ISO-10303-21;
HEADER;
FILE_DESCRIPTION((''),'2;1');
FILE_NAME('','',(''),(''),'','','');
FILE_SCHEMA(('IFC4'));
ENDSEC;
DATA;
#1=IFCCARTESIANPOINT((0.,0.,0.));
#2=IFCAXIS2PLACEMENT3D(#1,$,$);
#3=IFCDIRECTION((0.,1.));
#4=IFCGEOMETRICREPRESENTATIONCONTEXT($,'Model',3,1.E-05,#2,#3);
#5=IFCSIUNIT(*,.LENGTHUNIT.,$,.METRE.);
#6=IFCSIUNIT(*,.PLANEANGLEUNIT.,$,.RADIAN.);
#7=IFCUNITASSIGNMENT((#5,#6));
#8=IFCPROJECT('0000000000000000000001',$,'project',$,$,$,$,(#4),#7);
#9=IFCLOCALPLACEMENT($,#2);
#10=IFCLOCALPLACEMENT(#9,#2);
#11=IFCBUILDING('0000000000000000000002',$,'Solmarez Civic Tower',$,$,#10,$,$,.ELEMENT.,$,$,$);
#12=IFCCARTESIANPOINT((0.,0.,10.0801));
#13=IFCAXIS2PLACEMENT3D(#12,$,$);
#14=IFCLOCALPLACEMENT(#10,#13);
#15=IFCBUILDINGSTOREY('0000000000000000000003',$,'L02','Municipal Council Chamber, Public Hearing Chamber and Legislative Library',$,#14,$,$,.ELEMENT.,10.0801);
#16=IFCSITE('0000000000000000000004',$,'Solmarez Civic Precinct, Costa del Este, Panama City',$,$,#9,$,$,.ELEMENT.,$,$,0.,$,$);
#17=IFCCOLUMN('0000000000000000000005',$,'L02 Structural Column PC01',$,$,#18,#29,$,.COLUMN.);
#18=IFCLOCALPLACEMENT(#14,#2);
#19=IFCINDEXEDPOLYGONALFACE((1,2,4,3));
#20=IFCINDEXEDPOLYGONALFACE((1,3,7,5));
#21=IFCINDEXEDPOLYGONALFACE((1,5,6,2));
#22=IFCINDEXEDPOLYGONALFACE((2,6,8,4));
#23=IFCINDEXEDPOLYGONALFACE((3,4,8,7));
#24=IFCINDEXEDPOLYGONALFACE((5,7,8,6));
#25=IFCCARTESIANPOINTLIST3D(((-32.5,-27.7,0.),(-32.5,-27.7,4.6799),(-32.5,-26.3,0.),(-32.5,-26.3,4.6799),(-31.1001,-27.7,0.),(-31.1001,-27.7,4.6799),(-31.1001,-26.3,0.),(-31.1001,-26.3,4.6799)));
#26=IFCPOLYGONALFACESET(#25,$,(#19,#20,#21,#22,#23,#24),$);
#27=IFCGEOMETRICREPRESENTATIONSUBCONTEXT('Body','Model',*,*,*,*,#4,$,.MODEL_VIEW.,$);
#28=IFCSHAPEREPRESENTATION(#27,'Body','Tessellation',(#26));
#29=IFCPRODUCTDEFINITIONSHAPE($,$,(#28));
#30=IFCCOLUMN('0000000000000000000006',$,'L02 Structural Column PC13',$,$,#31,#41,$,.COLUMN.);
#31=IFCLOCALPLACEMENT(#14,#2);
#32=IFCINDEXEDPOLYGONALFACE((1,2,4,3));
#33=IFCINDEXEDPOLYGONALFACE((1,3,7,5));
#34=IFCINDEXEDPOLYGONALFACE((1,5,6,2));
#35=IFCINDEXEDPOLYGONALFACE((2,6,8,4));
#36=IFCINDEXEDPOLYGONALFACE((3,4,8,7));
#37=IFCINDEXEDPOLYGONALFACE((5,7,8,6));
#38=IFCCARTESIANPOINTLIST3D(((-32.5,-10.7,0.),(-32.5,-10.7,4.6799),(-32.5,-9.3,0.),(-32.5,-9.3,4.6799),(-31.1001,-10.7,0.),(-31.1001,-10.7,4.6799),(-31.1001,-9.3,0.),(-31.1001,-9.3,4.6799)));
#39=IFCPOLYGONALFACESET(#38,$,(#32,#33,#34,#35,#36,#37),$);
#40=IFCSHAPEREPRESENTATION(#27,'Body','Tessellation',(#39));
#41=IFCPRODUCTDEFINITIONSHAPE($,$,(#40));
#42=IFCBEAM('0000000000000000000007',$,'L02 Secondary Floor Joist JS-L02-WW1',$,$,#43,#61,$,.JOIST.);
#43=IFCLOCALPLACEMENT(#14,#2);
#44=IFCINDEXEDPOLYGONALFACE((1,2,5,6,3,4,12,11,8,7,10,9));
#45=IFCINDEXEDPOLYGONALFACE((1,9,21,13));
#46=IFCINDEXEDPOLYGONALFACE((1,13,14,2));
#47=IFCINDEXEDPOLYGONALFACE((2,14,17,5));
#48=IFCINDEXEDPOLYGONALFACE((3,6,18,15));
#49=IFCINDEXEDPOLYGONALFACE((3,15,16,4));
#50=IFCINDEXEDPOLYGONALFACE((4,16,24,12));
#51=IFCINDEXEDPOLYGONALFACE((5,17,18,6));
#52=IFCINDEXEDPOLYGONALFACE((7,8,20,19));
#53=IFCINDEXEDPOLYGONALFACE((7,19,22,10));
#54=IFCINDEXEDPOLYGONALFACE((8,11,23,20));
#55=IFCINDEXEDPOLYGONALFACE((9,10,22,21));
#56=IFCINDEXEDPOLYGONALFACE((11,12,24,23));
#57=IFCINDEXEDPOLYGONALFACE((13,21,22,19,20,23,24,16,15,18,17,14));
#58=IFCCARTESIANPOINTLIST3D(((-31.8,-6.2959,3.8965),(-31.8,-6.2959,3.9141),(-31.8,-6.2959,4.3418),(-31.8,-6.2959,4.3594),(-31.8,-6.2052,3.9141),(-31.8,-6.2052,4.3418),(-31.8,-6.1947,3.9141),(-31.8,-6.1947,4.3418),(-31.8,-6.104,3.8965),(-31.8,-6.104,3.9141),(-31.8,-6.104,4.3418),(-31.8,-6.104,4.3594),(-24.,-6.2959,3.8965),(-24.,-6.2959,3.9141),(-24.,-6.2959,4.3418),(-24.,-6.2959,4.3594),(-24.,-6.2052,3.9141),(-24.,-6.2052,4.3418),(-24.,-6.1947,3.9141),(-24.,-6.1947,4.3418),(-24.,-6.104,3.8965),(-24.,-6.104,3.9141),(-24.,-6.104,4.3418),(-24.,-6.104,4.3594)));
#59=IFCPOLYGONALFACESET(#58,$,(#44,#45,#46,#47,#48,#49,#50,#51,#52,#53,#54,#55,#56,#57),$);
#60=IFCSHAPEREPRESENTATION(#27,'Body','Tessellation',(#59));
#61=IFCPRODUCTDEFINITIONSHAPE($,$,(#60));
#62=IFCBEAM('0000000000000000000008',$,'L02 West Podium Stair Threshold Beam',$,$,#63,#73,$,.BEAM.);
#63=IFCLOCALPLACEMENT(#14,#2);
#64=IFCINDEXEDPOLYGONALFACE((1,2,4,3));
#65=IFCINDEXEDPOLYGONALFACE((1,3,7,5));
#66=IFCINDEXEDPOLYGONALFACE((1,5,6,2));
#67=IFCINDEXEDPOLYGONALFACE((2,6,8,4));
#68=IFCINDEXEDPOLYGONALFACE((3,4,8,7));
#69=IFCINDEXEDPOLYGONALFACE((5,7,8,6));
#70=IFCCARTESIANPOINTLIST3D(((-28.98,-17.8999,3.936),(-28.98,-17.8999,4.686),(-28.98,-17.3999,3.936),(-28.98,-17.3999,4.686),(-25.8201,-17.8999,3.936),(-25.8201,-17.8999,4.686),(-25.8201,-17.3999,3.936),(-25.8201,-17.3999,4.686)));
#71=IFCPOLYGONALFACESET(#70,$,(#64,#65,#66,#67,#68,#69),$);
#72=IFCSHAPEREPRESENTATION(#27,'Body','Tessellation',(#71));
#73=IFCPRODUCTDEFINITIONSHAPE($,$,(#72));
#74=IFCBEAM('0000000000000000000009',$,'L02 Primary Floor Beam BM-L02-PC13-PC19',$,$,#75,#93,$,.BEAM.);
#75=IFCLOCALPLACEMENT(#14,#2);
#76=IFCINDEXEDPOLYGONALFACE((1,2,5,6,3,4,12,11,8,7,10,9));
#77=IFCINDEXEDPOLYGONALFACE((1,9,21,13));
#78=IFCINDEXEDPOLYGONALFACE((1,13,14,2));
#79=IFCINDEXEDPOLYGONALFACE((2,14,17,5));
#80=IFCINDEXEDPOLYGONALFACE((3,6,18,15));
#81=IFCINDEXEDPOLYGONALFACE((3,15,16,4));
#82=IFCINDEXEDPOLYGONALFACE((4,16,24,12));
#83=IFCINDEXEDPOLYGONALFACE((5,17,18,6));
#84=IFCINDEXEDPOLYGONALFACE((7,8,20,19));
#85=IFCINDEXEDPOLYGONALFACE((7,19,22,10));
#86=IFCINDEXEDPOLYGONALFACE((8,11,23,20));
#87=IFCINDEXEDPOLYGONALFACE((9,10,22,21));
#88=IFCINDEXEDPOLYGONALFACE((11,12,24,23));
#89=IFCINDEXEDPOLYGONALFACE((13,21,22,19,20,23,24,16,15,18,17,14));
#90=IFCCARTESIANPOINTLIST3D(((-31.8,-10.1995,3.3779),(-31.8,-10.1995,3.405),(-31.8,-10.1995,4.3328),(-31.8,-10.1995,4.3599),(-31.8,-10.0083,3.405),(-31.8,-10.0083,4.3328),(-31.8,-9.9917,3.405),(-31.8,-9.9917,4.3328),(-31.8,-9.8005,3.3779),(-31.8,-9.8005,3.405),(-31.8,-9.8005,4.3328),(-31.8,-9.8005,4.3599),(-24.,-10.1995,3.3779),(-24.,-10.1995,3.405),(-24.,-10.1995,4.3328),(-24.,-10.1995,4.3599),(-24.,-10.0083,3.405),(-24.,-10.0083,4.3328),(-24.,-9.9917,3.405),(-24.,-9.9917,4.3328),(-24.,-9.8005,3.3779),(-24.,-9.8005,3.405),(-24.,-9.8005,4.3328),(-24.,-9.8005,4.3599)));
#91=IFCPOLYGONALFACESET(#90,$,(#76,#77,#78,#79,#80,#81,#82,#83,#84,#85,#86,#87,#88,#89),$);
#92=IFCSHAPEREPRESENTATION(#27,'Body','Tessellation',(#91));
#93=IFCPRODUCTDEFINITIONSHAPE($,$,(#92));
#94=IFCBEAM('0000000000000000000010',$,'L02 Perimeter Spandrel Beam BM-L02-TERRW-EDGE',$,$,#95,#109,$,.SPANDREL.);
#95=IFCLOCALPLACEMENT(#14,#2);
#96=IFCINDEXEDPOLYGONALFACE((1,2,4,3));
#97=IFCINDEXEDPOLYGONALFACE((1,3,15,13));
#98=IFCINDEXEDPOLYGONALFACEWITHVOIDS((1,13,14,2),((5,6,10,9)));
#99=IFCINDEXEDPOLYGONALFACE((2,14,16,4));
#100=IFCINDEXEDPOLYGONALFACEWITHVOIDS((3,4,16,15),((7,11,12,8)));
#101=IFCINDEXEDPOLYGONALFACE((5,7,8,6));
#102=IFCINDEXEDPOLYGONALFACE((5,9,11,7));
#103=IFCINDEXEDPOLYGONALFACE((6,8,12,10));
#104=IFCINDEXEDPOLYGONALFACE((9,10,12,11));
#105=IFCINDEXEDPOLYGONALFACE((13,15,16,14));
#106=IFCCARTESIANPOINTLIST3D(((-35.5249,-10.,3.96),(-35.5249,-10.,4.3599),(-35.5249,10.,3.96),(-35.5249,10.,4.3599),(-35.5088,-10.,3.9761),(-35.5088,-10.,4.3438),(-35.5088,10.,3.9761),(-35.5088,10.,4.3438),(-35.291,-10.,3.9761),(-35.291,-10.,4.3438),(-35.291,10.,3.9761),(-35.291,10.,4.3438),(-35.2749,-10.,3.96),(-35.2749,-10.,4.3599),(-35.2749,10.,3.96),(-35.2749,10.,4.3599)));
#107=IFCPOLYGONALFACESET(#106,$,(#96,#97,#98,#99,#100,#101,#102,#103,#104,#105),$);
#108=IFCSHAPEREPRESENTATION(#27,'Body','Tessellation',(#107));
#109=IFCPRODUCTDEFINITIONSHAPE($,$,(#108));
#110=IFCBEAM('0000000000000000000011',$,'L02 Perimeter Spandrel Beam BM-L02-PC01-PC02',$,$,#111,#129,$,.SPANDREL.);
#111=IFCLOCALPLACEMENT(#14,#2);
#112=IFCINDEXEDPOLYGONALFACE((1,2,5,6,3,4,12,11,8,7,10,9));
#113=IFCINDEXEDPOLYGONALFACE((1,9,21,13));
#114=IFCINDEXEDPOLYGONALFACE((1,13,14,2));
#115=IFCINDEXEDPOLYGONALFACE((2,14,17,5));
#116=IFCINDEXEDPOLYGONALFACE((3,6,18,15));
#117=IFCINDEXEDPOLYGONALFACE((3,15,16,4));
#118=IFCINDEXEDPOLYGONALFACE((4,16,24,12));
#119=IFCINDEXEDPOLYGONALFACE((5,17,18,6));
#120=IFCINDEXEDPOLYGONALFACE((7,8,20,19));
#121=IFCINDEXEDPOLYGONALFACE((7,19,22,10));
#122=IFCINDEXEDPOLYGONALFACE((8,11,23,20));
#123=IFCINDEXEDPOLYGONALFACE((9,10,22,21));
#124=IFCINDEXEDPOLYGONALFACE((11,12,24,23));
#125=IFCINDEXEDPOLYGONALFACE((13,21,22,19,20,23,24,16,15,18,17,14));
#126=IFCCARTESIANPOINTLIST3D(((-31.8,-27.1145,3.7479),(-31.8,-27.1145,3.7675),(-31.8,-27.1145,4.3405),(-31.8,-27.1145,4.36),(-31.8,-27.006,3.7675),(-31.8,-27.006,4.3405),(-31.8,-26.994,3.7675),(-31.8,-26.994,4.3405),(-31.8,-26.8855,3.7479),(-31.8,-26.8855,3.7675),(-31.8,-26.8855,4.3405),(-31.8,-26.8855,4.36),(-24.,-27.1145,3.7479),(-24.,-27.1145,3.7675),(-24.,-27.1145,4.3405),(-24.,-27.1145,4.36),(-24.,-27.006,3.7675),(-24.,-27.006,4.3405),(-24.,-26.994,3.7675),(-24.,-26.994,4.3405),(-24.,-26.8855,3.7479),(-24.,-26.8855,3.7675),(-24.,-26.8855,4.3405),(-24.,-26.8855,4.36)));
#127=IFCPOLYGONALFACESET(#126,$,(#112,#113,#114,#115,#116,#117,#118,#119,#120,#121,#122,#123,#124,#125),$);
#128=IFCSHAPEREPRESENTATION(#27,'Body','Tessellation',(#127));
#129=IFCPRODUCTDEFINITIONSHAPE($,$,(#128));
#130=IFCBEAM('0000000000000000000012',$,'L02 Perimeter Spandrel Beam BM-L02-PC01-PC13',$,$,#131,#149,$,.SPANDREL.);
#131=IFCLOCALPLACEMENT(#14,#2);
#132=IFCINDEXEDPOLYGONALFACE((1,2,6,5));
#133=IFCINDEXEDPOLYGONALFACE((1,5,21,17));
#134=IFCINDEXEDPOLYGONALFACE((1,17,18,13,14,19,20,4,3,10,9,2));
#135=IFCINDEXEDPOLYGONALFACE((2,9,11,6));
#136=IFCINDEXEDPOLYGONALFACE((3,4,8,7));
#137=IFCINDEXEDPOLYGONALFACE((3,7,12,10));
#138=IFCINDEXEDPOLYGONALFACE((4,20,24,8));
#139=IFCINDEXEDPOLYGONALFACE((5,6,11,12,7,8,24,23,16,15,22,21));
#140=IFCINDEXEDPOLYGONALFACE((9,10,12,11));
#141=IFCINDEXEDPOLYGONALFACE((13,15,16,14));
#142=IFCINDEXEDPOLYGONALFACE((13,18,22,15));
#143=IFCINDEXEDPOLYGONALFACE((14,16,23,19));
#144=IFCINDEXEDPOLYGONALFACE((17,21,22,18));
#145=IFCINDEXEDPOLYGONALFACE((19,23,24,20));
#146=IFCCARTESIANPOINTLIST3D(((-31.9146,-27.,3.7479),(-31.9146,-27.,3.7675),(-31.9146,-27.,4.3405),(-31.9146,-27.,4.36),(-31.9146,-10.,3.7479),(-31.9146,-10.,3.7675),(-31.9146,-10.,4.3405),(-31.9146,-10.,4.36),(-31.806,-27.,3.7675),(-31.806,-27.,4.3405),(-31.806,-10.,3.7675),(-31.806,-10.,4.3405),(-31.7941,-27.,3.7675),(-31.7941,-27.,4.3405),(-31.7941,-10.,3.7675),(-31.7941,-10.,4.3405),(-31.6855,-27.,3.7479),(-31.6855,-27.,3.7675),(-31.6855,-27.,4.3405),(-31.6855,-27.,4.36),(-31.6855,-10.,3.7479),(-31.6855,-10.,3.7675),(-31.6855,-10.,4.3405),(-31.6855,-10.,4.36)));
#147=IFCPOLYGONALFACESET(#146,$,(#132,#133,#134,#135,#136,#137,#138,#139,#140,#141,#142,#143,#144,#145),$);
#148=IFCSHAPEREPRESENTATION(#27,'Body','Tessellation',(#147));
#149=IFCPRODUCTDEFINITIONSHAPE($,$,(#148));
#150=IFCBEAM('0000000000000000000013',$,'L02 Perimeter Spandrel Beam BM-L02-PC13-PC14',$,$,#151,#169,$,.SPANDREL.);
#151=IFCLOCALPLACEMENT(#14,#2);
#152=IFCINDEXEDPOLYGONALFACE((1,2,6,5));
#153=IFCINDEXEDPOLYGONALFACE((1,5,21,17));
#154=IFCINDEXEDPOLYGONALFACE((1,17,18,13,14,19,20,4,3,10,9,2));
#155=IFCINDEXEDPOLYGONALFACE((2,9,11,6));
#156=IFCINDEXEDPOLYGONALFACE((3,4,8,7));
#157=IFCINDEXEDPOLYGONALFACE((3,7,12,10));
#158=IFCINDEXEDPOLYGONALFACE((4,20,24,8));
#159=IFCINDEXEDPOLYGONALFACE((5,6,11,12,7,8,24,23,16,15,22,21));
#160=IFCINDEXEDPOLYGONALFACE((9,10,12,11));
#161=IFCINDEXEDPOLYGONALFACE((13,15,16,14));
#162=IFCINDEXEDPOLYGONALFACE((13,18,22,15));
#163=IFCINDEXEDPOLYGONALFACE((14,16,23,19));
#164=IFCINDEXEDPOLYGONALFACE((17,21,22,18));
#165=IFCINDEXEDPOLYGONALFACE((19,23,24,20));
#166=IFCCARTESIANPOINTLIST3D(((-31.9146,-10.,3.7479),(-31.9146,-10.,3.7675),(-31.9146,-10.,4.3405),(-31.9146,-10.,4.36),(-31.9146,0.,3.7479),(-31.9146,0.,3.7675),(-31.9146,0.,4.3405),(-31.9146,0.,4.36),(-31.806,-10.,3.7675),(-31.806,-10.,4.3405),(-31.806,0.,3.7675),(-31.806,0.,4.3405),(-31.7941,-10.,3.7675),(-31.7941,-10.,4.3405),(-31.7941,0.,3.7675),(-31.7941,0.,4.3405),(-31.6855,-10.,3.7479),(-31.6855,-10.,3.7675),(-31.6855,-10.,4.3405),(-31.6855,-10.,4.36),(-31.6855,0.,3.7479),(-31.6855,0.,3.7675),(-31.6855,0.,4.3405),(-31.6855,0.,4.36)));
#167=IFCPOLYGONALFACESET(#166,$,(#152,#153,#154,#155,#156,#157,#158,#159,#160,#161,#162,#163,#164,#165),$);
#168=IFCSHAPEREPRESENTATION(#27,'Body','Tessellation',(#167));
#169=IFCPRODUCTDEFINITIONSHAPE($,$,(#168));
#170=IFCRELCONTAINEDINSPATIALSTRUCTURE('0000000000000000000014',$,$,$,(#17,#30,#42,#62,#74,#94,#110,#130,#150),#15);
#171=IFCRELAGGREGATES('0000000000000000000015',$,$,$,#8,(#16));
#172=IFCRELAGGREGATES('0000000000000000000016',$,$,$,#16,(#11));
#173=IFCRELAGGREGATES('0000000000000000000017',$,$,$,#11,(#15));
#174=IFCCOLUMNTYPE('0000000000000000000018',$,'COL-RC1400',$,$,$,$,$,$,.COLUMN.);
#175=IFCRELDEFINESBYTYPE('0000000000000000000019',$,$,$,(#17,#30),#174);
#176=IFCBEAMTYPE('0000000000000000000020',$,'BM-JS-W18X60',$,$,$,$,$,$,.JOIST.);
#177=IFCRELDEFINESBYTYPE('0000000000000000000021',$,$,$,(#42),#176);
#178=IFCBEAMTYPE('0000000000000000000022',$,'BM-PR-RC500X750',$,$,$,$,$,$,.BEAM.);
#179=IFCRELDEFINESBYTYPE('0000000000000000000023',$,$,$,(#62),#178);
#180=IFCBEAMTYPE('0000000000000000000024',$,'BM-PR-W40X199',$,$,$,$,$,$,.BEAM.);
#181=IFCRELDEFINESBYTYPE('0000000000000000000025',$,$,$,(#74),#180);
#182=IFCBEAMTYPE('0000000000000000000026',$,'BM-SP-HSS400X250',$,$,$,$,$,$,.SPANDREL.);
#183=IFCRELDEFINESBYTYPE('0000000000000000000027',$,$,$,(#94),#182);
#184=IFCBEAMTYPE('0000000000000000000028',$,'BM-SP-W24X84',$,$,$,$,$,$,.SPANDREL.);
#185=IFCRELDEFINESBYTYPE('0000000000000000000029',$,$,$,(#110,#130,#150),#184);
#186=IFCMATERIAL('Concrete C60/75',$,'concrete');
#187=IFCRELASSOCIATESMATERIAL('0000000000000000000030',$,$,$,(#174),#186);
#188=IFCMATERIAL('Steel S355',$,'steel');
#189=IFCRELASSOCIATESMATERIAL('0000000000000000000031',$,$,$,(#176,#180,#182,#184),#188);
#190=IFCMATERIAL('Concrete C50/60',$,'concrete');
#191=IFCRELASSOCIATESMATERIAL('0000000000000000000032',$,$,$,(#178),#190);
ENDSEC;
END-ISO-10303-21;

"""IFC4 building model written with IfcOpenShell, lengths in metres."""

from ifc_helpers import new_model, si_unit, direction, frame, origin, origin_2d, place, context, subcontext, project, spatial, rectangle, hollow_rectangle, i_section, extrude, material, material_profile, profile_set, type_object, element, save


model = new_model("IFC4")

# Units and contexts
model_context = context("Model", 3, precision=1e-05, world=origin(), true_north=direction((0.0, 1.0)))
body_context = subcontext(model_context, "Body", "Model", "MODEL_VIEW")
ifc_project = project(units=[si_unit("LENGTHUNIT", "METRE"), si_unit("PLANEANGLEUNIT", "RADIAN")], contexts=[model_context])

# Site, building, storey
site_placement = place(None, origin())
site = spatial("IfcSite", under=ifc_project, at=site_placement, Name="Solmarez Civic Precinct, Costa del Este, Panama City", CompositionType="ELEMENT", RefElevation=0.0)
building_placement = place(site_placement, origin())
building = spatial("IfcBuilding", under=site, at=building_placement, Name="Solmarez Civic Tower", CompositionType="ELEMENT")
storey_placement = place(building_placement, frame((0.0, 0.0, 10.0801)))
storey = spatial("IfcBuildingStorey", under=building, at=storey_placement, Name="L02", Description="Municipal Council Chamber, Public Hearing Chamber and Legislative Library", CompositionType="ELEMENT", Elevation=10.0801)

# Columns
ifc_material_1 = material(Name="Concrete C60/75", Category="concrete")
ifc_material_profile_1 = material_profile(ifc_material_1, rectangle(XDim=1.3999, YDim=1.3999, at=origin_2d()), Name="RC1400X1400")
ifc_profile_set_1 = profile_set([ifc_material_profile_1], Name="Concrete C60/75")
column_type = type_object("IfcColumnType", Name="COL-RC1400", PredefinedType="COLUMN", material=ifc_profile_set_1)
for number, where, z_axis, x_axis, name in (
    (1, (-31.8, -27.0, 0.0), (0.0, 0.0, 1.0), (1.0, 0.0, 0.0), "L02 Structural Column PC01"),
    (2, (-31.8, -10.0, 0.0), (0.0, 0.0, 1.0), (1.0, 0.0, 0.0), "L02 Structural Column PC13"),
):
    element("IfcColumn", number, at=place(storey_placement, frame(where, z_axis=z_axis, x_axis=x_axis)), inside=storey, type_object=column_type, Name=name, PredefinedType="COLUMN", context=body_context, shape_type="SweptSolid", body=[
        extrude(rectangle(XDim=1.3999, YDim=1.3999, at=origin_2d()), origin(), (0.0, 0.0, 1.0), 4.6799),
    ])

# Beams
ifc_material_2 = material(Name="Steel S355", Category="steel")
ifc_material_profile_2 = material_profile(ifc_material_2, i_section(OverallWidth=0.1919, OverallDepth=0.4629, WebThickness=0.0105, FlangeThickness=0.0176, at=origin_2d()), Name="W18X60")
ifc_profile_set_2 = profile_set([ifc_material_profile_2], Name="Steel S355")
beam_type_1 = type_object("IfcBeamType", Name="BM-JS-W18X60", PredefinedType="JOIST", material=ifc_profile_set_2)
beam_1_placement = place(storey_placement, frame((-31.8, -6.2, 4.1279), z_axis=(1.0, 0.0, 0.0), x_axis=(0.0, 1.0, 0.0)))
element("IfcBeam", 3, at=beam_1_placement, inside=storey, type_object=beam_type_1, Name="L02 Secondary Floor Joist JS-L02-WW1", PredefinedType="JOIST", context=body_context, shape_type="SweptSolid", body=[
    extrude(i_section(OverallWidth=0.1919, OverallDepth=0.4629, WebThickness=0.0105, FlangeThickness=0.0176, at=origin_2d()), origin(), (0.0, 0.0, 1.0), 7.8),
])
ifc_material_3 = material(Name="Concrete C50/60", Category="concrete")
ifc_material_profile_3 = material_profile(ifc_material_3, rectangle(XDim=0.5, YDim=0.75, at=origin_2d()), Name="RC500X750")
ifc_profile_set_3 = profile_set([ifc_material_profile_3], Name="Concrete C50/60")
beam_type_2 = type_object("IfcBeamType", Name="BM-PR-RC500X750", PredefinedType="BEAM", material=ifc_profile_set_3)
beam_2_placement = place(storey_placement, frame((-28.98, -17.6499, 4.311), z_axis=(1.0, 0.0, 0.0), x_axis=(0.0, 1.0, 0.0)))
element("IfcBeam", 4, at=beam_2_placement, inside=storey, type_object=beam_type_2, Name="L02 West Podium Stair Threshold Beam", PredefinedType="BEAM", context=body_context, shape_type="SweptSolid", body=[
    extrude(rectangle(XDim=0.5, YDim=0.75, at=origin_2d()), origin(), (0.0, 0.0, 1.0), 3.1599),
])
ifc_material_profile_4 = material_profile(ifc_material_2, i_section(OverallWidth=0.3989, OverallDepth=0.9819, WebThickness=0.0166, FlangeThickness=0.0271, at=origin_2d()), Name="W40X199")
ifc_profile_set_4 = profile_set([ifc_material_profile_4], Name="Steel S355")
beam_type_3 = type_object("IfcBeamType", Name="BM-PR-W40X199", PredefinedType="BEAM", material=ifc_profile_set_4)
beam_3_placement = place(storey_placement, frame((-31.8, -10.0, 3.8689), z_axis=(1.0, 0.0, 0.0), x_axis=(0.0, 1.0, 0.0)))
element("IfcBeam", 5, at=beam_3_placement, inside=storey, type_object=beam_type_3, Name="L02 Primary Floor Beam BM-L02-PC13-PC19", PredefinedType="BEAM", context=body_context, shape_type="SweptSolid", body=[
    extrude(i_section(OverallWidth=0.3989, OverallDepth=0.9819, WebThickness=0.0166, FlangeThickness=0.0271, at=origin_2d()), origin(), (0.0, 0.0, 1.0), 7.8),
])
ifc_material_profile_5 = material_profile(ifc_material_2, hollow_rectangle(XDim=0.25, YDim=0.3999, WallThickness=0.0161, at=origin_2d()), Name="HSS400X250X16")
ifc_profile_set_5 = profile_set([ifc_material_profile_5], Name="Steel S355")
beam_type_4 = type_object("IfcBeamType", Name="BM-SP-HSS400X250", PredefinedType="SPANDREL", material=ifc_profile_set_5)
beam_4_placement = place(storey_placement, frame((-35.3999, -10.0, 4.1599), z_axis=(0.0, 1.0, 0.0), x_axis=(-1.0, 0.0, 0.0)))
element("IfcBeam", 6, at=beam_4_placement, inside=storey, type_object=beam_type_4, Name="L02 Perimeter Spandrel Beam BM-L02-TERRW-EDGE", PredefinedType="SPANDREL", context=body_context, shape_type="SweptSolid", body=[
    extrude(hollow_rectangle(XDim=0.25, YDim=0.3999, WallThickness=0.0161, at=origin_2d()), origin(), (0.0, 0.0, 1.0), 20.0),
])
ifc_material_profile_6 = material_profile(ifc_material_2, i_section(OverallWidth=0.229, OverallDepth=0.6121, WebThickness=0.012, FlangeThickness=0.0195, at=origin_2d()), Name="W24X84")
ifc_profile_set_6 = profile_set([ifc_material_profile_6], Name="Steel S355")
beam_type_5 = type_object("IfcBeamType", Name="BM-SP-W24X84", PredefinedType="SPANDREL", material=ifc_profile_set_6)
beam_5_placement = place(storey_placement, frame((-31.8, -27.0, 4.054), z_axis=(1.0, 0.0, 0.0), x_axis=(0.0, 1.0, 0.0)))
element("IfcBeam", 7, at=beam_5_placement, inside=storey, type_object=beam_type_5, Name="L02 Perimeter Spandrel Beam BM-L02-PC01-PC02", PredefinedType="SPANDREL", context=body_context, shape_type="SweptSolid", body=[
    extrude(i_section(OverallWidth=0.229, OverallDepth=0.6121, WebThickness=0.012, FlangeThickness=0.0195, at=origin_2d()), origin(), (0.0, 0.0, 1.0), 7.8),
])
beam_6_placement = place(storey_placement, frame((-31.8, -27.0, 4.054), z_axis=(0.0, 1.0, 0.0), x_axis=(-1.0, 0.0, 0.0)))
element("IfcBeam", 8, at=beam_6_placement, inside=storey, type_object=beam_type_5, Name="L02 Perimeter Spandrel Beam BM-L02-PC01-PC13", PredefinedType="SPANDREL", context=body_context, shape_type="SweptSolid", body=[
    extrude(i_section(OverallWidth=0.229, OverallDepth=0.6121, WebThickness=0.012, FlangeThickness=0.0195, at=origin_2d()), origin(), (0.0, 0.0, 1.0), 17.0),
])
beam_7_placement = place(storey_placement, frame((-31.8, -10.0, 4.054), z_axis=(0.0, 1.0, 0.0), x_axis=(-1.0, 0.0, 0.0)))
element("IfcBeam", 9, at=beam_7_placement, inside=storey, type_object=beam_type_5, Name="L02 Perimeter Spandrel Beam BM-L02-PC13-PC14", PredefinedType="SPANDREL", context=body_context, shape_type="SweptSolid", body=[
    extrude(i_section(OverallWidth=0.229, OverallDepth=0.6121, WebThickness=0.012, FlangeThickness=0.0195, at=origin_2d()), origin(), (0.0, 0.0, 1.0), 10.0),
])

save(model, "model.ifc")
